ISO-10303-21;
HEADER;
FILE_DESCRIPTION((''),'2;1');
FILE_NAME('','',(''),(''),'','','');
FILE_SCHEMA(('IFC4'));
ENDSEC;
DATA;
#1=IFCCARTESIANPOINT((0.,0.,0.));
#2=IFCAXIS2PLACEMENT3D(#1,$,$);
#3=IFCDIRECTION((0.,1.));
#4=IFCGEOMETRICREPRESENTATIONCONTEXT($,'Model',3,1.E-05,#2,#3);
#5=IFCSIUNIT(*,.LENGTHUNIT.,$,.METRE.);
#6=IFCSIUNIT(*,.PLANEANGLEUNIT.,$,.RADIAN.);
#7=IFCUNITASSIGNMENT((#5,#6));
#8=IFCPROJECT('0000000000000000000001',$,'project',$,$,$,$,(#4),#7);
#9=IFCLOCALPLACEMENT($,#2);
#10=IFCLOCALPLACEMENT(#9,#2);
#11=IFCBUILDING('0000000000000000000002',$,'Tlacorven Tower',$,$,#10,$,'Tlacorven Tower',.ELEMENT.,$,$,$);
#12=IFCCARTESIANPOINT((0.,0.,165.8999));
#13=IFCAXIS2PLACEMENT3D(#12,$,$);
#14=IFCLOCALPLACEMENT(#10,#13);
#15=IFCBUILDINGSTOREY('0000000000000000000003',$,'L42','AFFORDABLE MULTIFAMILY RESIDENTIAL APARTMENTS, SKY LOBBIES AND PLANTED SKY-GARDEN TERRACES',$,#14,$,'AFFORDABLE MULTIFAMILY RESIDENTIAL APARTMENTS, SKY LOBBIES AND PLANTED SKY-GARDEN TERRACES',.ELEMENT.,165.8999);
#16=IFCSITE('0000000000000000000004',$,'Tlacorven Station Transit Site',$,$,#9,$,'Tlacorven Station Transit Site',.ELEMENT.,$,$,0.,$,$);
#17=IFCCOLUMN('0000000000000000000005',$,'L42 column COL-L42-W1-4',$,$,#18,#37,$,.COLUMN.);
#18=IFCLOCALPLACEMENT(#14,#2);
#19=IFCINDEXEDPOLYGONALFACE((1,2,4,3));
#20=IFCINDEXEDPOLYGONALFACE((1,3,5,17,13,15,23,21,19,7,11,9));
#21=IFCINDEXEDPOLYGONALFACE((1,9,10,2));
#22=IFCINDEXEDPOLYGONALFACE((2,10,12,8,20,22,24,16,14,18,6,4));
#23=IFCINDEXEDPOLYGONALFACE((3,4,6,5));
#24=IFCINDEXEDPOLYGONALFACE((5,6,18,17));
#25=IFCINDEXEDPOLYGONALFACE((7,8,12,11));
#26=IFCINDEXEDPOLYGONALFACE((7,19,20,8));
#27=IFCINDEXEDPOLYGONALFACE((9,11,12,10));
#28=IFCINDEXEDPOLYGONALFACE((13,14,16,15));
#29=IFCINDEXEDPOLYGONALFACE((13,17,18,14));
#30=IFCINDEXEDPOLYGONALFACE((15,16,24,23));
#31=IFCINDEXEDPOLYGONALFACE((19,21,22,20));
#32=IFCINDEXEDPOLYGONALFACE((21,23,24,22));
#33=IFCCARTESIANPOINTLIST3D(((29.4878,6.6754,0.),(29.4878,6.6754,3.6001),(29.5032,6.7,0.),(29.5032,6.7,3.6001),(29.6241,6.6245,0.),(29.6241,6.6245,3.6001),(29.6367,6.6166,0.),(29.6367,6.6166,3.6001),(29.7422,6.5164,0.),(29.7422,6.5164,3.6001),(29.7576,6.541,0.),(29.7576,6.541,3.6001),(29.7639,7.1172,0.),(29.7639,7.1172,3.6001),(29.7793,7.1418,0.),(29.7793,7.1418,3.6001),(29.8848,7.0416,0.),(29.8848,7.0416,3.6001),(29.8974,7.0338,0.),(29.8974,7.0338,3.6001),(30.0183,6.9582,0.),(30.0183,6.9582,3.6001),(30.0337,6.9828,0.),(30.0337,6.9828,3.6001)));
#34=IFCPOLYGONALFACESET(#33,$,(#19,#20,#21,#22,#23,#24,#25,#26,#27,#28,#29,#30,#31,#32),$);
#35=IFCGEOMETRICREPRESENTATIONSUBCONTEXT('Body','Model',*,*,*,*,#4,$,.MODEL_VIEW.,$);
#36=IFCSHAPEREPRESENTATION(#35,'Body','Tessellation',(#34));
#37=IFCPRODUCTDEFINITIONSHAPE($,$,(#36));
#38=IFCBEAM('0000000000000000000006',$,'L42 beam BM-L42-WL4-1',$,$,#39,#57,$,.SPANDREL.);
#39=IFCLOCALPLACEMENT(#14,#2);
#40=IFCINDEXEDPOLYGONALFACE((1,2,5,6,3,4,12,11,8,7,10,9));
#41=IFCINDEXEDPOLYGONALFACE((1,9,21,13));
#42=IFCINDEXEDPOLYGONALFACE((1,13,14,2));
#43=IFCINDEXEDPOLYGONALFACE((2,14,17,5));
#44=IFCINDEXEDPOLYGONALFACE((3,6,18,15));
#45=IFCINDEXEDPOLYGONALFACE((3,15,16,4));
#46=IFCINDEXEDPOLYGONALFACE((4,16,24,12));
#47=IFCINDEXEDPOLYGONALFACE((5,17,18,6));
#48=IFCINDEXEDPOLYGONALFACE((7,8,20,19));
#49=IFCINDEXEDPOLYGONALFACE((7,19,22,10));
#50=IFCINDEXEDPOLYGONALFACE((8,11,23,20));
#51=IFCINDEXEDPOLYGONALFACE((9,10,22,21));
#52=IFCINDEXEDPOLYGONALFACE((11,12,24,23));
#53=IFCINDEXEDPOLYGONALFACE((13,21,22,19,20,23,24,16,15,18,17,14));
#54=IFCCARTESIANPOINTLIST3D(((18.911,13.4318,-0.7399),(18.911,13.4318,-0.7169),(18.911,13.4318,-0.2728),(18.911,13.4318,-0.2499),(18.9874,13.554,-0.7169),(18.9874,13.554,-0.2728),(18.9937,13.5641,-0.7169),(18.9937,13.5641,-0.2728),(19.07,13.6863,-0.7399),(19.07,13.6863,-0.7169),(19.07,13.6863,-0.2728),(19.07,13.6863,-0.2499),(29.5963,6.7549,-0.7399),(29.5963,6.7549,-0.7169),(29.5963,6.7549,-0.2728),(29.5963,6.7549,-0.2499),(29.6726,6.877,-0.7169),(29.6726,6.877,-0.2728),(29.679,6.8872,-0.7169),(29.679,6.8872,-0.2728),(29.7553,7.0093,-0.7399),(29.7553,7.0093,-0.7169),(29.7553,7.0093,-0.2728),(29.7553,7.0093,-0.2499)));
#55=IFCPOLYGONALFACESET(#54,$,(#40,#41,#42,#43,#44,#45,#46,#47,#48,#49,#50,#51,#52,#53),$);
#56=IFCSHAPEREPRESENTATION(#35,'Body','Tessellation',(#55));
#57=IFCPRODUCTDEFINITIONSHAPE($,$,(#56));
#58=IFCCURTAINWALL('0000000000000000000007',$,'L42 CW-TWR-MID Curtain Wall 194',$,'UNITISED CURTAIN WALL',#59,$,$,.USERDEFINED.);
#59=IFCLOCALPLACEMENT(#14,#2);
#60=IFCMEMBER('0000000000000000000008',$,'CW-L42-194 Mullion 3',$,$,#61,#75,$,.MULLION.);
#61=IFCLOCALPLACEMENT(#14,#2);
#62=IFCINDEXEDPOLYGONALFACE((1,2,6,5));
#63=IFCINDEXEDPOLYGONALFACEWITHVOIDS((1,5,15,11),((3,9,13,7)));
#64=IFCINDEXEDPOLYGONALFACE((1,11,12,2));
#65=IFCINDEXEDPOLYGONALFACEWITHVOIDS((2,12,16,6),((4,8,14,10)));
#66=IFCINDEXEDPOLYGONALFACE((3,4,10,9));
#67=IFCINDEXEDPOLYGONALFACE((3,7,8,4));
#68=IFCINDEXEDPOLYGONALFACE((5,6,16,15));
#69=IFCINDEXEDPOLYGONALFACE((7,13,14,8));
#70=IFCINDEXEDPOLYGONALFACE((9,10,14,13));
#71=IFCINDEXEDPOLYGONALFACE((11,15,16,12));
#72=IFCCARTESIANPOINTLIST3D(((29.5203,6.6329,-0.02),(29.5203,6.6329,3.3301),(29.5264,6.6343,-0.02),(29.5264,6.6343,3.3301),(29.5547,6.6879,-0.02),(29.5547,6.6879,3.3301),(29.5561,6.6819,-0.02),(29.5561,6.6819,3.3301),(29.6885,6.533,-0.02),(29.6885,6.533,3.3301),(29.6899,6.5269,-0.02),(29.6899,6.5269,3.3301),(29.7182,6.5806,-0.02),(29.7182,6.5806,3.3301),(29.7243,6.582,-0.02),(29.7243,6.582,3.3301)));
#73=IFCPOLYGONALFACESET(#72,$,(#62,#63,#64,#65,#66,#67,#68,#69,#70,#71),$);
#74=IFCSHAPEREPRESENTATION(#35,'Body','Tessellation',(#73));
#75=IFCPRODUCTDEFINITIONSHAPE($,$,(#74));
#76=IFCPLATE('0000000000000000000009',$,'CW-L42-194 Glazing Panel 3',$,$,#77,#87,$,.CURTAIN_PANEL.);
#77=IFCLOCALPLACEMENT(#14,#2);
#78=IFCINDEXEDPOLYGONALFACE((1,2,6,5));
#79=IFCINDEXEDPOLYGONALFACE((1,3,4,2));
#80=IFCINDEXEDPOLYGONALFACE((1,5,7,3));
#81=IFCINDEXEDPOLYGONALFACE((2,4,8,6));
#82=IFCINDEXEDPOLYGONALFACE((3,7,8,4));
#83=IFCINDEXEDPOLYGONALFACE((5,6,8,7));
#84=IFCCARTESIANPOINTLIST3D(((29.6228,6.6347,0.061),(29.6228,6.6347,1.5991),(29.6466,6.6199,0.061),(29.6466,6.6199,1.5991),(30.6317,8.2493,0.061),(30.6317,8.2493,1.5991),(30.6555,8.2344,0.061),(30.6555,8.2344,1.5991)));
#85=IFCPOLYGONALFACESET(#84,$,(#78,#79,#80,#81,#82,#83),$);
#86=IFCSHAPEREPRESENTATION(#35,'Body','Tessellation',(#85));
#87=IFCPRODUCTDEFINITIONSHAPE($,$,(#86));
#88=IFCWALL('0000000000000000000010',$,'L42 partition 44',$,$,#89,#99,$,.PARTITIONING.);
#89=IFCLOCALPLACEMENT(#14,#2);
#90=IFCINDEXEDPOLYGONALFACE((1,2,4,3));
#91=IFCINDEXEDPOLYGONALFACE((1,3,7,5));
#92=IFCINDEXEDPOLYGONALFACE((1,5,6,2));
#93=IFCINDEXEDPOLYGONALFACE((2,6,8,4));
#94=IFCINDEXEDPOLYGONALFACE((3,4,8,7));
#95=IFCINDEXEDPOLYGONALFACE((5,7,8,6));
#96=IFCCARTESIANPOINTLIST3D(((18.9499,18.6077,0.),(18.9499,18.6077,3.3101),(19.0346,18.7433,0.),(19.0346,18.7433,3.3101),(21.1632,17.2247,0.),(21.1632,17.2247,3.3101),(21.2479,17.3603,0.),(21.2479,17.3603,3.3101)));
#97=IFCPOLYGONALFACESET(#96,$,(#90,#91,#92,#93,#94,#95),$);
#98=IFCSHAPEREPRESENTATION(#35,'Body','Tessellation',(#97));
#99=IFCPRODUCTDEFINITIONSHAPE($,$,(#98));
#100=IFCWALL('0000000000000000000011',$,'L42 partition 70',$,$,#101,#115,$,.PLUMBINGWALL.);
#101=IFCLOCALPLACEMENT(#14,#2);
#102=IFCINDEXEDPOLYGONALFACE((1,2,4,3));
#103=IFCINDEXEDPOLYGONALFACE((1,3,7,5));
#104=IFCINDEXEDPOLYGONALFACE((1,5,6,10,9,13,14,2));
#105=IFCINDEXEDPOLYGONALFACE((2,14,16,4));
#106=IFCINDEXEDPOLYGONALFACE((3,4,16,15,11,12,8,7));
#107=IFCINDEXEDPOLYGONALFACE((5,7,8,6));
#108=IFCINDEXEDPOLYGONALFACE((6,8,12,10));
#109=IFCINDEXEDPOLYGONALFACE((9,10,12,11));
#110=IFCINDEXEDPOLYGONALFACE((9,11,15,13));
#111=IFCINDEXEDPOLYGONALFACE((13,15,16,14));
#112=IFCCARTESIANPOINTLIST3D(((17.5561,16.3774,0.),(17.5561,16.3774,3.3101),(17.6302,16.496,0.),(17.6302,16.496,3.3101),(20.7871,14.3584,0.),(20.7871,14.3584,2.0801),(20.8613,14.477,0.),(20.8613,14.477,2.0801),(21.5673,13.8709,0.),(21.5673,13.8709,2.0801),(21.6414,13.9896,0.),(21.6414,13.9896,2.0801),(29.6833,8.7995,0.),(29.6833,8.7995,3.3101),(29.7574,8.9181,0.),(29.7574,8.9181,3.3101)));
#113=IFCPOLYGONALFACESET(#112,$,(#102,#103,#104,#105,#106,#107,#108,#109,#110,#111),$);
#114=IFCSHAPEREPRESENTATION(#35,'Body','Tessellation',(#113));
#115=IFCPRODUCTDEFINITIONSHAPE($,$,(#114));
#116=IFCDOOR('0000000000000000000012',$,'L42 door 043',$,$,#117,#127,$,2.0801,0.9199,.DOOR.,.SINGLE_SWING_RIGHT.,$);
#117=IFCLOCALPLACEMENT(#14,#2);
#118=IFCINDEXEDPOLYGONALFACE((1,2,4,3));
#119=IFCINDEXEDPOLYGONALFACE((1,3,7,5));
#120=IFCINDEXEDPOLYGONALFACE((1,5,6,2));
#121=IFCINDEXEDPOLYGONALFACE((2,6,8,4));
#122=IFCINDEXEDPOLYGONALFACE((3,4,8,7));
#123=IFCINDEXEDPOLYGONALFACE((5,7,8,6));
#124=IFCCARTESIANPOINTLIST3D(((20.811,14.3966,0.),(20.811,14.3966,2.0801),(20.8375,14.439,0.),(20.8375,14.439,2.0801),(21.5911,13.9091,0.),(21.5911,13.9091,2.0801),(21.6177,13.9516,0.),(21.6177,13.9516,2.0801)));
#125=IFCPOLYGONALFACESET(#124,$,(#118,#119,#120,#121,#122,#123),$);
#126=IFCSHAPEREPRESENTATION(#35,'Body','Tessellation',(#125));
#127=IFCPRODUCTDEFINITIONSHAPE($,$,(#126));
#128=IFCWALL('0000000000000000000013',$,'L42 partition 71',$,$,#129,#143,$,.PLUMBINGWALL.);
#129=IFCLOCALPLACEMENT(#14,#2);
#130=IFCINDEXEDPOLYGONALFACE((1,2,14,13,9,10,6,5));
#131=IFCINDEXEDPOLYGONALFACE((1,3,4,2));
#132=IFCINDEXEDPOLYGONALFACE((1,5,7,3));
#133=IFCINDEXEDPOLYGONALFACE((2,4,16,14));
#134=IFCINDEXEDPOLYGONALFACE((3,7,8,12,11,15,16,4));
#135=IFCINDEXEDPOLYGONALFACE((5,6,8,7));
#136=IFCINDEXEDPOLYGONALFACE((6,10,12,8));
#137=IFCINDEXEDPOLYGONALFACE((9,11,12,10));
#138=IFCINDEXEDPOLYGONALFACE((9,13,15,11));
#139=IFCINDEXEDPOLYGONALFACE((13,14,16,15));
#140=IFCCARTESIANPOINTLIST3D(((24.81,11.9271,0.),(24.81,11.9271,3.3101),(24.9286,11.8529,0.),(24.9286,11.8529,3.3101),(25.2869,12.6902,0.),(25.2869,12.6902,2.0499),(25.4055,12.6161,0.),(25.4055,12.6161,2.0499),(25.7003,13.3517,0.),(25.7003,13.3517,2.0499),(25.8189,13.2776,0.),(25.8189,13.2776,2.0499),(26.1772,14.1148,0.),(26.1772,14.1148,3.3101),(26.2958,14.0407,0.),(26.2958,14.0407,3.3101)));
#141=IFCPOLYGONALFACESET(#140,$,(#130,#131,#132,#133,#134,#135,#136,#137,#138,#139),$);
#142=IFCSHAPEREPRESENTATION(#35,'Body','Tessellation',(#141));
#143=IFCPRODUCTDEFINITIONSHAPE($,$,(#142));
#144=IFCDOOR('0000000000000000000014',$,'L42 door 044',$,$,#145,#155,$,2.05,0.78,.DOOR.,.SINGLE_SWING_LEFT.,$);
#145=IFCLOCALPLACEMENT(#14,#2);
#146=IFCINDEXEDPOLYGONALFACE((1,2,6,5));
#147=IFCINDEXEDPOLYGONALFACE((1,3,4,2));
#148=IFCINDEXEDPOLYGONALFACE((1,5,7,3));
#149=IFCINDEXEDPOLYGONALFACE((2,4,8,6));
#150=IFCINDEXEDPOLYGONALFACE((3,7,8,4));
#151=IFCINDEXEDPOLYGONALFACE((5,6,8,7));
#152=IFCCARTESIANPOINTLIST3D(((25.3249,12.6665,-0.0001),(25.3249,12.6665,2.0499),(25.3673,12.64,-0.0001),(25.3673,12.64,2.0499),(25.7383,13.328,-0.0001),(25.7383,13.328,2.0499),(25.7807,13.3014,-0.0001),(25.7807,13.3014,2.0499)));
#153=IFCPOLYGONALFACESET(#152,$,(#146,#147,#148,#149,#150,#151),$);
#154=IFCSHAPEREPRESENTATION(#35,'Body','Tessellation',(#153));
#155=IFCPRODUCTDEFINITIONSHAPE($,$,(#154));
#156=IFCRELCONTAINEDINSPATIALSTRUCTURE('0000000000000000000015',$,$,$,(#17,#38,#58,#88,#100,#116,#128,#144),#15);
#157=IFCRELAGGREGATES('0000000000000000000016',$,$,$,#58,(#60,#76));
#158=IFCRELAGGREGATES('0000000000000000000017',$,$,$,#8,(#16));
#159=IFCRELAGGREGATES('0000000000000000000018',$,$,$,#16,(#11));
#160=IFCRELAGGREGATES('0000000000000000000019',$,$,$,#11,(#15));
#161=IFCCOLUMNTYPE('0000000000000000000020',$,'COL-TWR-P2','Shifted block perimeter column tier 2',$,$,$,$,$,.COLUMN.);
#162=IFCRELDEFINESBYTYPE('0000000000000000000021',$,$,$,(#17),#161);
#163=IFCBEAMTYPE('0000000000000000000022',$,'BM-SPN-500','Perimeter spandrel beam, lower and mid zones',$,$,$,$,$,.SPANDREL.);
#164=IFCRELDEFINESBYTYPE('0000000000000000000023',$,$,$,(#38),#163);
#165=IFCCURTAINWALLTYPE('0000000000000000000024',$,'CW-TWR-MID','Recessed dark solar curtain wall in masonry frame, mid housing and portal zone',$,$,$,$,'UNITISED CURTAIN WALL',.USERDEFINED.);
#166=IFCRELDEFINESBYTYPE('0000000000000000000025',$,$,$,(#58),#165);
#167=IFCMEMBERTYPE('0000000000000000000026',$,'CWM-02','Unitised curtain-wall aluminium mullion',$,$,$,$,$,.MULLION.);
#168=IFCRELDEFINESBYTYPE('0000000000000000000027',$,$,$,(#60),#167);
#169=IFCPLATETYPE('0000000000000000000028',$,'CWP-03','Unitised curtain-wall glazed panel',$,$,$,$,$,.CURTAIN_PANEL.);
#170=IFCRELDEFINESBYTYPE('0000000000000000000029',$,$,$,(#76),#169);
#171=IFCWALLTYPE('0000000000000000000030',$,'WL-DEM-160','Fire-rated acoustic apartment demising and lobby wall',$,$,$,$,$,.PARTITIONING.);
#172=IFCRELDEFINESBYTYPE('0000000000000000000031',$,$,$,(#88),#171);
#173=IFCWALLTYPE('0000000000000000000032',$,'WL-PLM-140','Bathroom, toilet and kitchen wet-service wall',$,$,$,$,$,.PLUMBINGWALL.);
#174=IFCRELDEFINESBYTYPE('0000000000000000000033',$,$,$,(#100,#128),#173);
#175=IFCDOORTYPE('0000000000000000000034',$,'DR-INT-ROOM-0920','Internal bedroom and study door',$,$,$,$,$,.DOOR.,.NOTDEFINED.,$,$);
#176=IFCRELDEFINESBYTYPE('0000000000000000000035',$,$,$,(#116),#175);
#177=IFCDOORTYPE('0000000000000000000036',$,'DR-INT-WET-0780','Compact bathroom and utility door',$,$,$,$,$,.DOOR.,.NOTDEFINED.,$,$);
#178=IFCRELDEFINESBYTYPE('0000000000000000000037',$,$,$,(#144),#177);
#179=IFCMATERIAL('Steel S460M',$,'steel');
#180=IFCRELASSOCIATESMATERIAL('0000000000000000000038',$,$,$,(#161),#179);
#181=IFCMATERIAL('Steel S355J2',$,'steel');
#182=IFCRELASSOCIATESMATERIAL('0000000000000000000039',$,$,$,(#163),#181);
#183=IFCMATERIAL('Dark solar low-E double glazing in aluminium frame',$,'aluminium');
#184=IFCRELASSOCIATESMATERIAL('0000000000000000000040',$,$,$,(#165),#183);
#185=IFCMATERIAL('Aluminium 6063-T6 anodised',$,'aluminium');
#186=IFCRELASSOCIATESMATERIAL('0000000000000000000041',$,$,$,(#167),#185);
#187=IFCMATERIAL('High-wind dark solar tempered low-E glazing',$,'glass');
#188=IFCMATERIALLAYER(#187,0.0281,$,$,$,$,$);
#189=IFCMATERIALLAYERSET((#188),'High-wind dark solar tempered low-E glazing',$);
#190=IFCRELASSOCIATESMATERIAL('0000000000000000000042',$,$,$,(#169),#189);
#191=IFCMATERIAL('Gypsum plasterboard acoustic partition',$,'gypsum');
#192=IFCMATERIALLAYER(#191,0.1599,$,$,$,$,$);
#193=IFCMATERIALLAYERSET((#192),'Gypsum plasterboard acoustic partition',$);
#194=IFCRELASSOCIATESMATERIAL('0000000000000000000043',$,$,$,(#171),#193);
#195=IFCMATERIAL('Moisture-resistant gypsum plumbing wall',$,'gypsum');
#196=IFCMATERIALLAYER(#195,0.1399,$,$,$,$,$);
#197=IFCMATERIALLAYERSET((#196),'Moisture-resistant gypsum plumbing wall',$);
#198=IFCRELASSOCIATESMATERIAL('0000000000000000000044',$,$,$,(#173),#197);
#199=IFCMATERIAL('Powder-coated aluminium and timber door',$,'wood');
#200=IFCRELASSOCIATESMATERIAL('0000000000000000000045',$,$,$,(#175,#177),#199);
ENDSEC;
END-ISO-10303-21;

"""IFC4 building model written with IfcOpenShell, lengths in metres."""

from ifc_helpers import new_model, si_unit, direction, frame, frame_2d, origin, origin_2d, place, context, subcontext, project, spatial, rectangle, hollow_rectangle, i_section, extrude, source, transform, mapped, material, layer, layer_set, material_profile, profile_set, type_object, element, fill, aggregate, save


model = new_model("IFC4")

# Units and contexts
model_context = context("Model", 3, precision=1e-05, world=origin(), true_north=direction((0.0, 1.0)))
body_context = subcontext(model_context, "Body", "Model", "MODEL_VIEW")
ifc_project = project(units=[si_unit("LENGTHUNIT", "METRE"), si_unit("PLANEANGLEUNIT", "RADIAN")], contexts=[model_context])

# Site, building, storey
site_placement = place(None, origin())
site = spatial("IfcSite", under=ifc_project, at=site_placement, Name="Tlacorven Station Transit Site", LongName="Tlacorven Station Transit Site", CompositionType="ELEMENT", RefElevation=0.0)
building_placement = place(site_placement, origin())
building = spatial("IfcBuilding", under=site, at=building_placement, Name="Tlacorven Tower", LongName="Tlacorven Tower", CompositionType="ELEMENT")
storey_placement = place(building_placement, frame((0.0, 0.0, 165.8999)))
storey = spatial("IfcBuildingStorey", under=building, at=storey_placement, Name="L42", Description="AFFORDABLE MULTIFAMILY RESIDENTIAL APARTMENTS, SKY LOBBIES AND PLANTED SKY-GARDEN TERRACES", LongName="AFFORDABLE MULTIFAMILY RESIDENTIAL APARTMENTS, SKY LOBBIES AND PLANTED SKY-GARDEN TERRACES", CompositionType="ELEMENT", Elevation=165.8999)

# Column
ifc_material_1 = material(Name="Steel S460M", Category="steel")
ifc_material_profile_1 = material_profile(ifc_material_1, i_section(OverallWidth=0.3, OverallDepth=0.55, WebThickness=0.0149, FlangeThickness=0.0291, at=origin_2d()), Name="HEB 550")
ifc_profile_set_1 = profile_set([ifc_material_profile_1], Name="Steel S460M")
column_type = type_object("IfcColumnType", Name="COL-TWR-P2", Description="Shifted block perimeter column tier 2", PredefinedType="COLUMN", material=ifc_profile_set_1)
shared_shape_1 = source(origin(), body_context, "Body", "SweptSolid", [
    extrude(i_section(OverallWidth=0.3, OverallDepth=0.55, WebThickness=0.0149, FlangeThickness=0.0291, at=origin_2d()), origin(), (0.0, 0.0, 1.0), 3.6001),
])
column_placement = place(storey_placement, frame((29.7607, 6.8291, 0.0), z_axis=(0.0, 0.0, 1.0), x_axis=(-0.848048, 0.529919, 0.0)))
element("IfcColumn", 1, at=column_placement, inside=storey, type_object=column_type, Name="L42 column COL-L42-W1-4", PredefinedType="COLUMN", context=body_context, shape_type="MappedRepresentation", body=[
    mapped(shared_shape_1, transform((0.0, 0.0, 0.0), scale=1.0)),
])

# Beam
ifc_material_2 = material(Name="Steel S355J2", Category="steel")
ifc_material_profile_2 = material_profile(ifc_material_2, i_section(OverallWidth=0.3, OverallDepth=0.49, WebThickness=0.012, FlangeThickness=0.0229, at=origin_2d()), Name="HEA 500")
ifc_profile_set_2 = profile_set([ifc_material_profile_2], Name="Steel S355J2")
beam_type = type_object("IfcBeamType", Name="BM-SPN-500", Description="Perimeter spandrel beam, lower and mid zones", PredefinedType="SPANDREL", material=ifc_profile_set_2)
shared_shape_2 = source(origin(), body_context, "Body", "SweptSolid", [
    extrude(i_section(OverallWidth=0.3, OverallDepth=0.49, WebThickness=0.012, FlangeThickness=0.0229, at=origin_2d()), origin(), (0.0, 0.0, 1.0), 12.5999),
])
beam_placement = place(storey_placement, frame((29.6758, 6.8821, -0.4949), z_axis=(-0.848045, 0.529924, 0.0), x_axis=(-0.529924, -0.848045, 0.0)))
element("IfcBeam", 2, at=beam_placement, inside=storey, type_object=beam_type, Name="L42 beam BM-L42-WL4-1", PredefinedType="SPANDREL", context=body_context, shape_type="MappedRepresentation", body=[
    mapped(shared_shape_2, transform((0.0, 0.0, 0.0), scale=1.0)),
])

# Curtain wall, member, plate
ifc_material_3 = material(Name="Dark solar low-E double glazing in aluminium frame", Category="aluminium")
curtain_wall_type = type_object("IfcCurtainWallType", Name="CW-TWR-MID", Description="Recessed dark solar curtain wall in masonry frame, mid housing and portal zone", ElementType="UNITISED CURTAIN WALL", PredefinedType="USERDEFINED", material=ifc_material_3)
curtain_wall_placement = place(storey_placement, origin())
curtain_wall = element("IfcCurtainWall", 3, at=curtain_wall_placement, inside=storey, type_object=curtain_wall_type, Name="L42 CW-TWR-MID Curtain Wall 194", ObjectType="UNITISED CURTAIN WALL", PredefinedType="USERDEFINED")
ifc_material_4 = material(Name="Aluminium 6063-T6 anodised", Category="aluminium")
ifc_material_profile_3 = material_profile(ifc_material_4, hollow_rectangle(XDim=0.0649, YDim=0.2, WallThickness=0.0044, at=origin_2d()), Name="ALU MULLION 65X200")
ifc_profile_set_3 = profile_set([ifc_material_profile_3], Name="Aluminium 6063-T6 anodised")
member_type = type_object("IfcMemberType", Name="CWM-02", Description="Unitised curtain-wall aluminium mullion", PredefinedType="MULLION", material=ifc_profile_set_3)
shared_shape_3 = source(origin(), body_context, "Body", "SweptSolid", [
    extrude(hollow_rectangle(XDim=0.0649, YDim=0.2, WallThickness=0.0044, at=origin_2d()), origin(), (0.0, 0.0, 1.0), 3.3501),
])
member_placement = place(storey_placement, frame((29.6223, 6.6074, -0.02), z_axis=(0.0, 0.0, 1.0), x_axis=(-0.529919, -0.848048, 0.0)))
member = element("IfcMember", 4, at=member_placement, type_object=member_type, Name="CW-L42-194 Mullion 3", PredefinedType="MULLION", context=body_context, shape_type="MappedRepresentation", body=[
    mapped(shared_shape_3, transform((0.0, 0.0, 0.0), scale=1.0)),
])
ifc_material_5 = material(Name="High-wind dark solar tempered low-E glazing", Category="glass")
ifc_layer_1 = layer(ifc_material_5, 0.0281)
ifc_layer_set_1 = layer_set([ifc_layer_1], Name="High-wind dark solar tempered low-E glazing")
plate_type = type_object("IfcPlateType", Name="CWP-03", Description="Unitised curtain-wall glazed panel", PredefinedType="CURTAIN_PANEL", material=ifc_layer_set_1)
shared_shape_4 = source(origin(), body_context, "Body", "SweptSolid", [
    extrude(rectangle(XDim=1.9038, YDim=0.0281, at=origin_2d()), origin(), (0.0, 0.0, 1.0), 1.5381),
])
plate_placement = place(storey_placement, frame((30.1392, 7.4346, 0.061), z_axis=(0.0, 0.0, 1.0), x_axis=(-0.529919, -0.848048, 0.0)))
plate = element("IfcPlate", 5, at=plate_placement, type_object=plate_type, Name="CW-L42-194 Glazing Panel 3", PredefinedType="CURTAIN_PANEL", context=body_context, shape_type="MappedRepresentation", body=[
    mapped(shared_shape_4, transform((0.0, 0.0, 0.0), scale=1.0)),
])
aggregate(curtain_wall, [member, plate])

# Wall
ifc_material_6 = material(Name="Gypsum plasterboard acoustic partition", Category="gypsum")
ifc_layer_2 = layer(ifc_material_6, 0.1599)
ifc_layer_set_2 = layer_set([ifc_layer_2], Name="Gypsum plasterboard acoustic partition")
wall_type_1 = type_object("IfcWallType", Name="WL-DEM-160", Description="Fire-rated acoustic apartment demising and lobby wall", PredefinedType="PARTITIONING", material=ifc_layer_set_2)
wall_1_placement = place(storey_placement, frame((21.2056, 17.2925, 0.0), z_axis=(0.0, 0.0, 1.0), x_axis=(-0.848051, 0.529915, 0.0)))
element("IfcWall", 6, at=wall_1_placement, inside=storey, type_object=wall_type_1, Name="L42 partition 44", PredefinedType="PARTITIONING", context=body_context, shape_type="SweptSolid", body=[
    extrude(rectangle(XDim=2.6099, YDim=0.1599, at=frame_2d((1.3049, 0.0))), origin(), (0.0, 0.0, 1.0), 3.3101),
])

# Shared definitions
ifc_material_7 = material(Name="Powder-coated aluminium and timber door", Category="wood")

# Walls, openings, doors
ifc_material_8 = material(Name="Moisture-resistant gypsum plumbing wall", Category="gypsum")
ifc_layer_3 = layer(ifc_material_8, 0.1399)
ifc_layer_set_3 = layer_set([ifc_layer_3], Name="Moisture-resistant gypsum plumbing wall")
wall_type_2 = type_object("IfcWallType", Name="WL-PLM-140", Description="Bathroom, toilet and kitchen wet-service wall", PredefinedType="PLUMBINGWALL", material=ifc_layer_set_3)
wall_2_placement = place(storey_placement, frame((29.7202, 8.8589, 0.0), z_axis=(0.0, 0.0, 1.0), x_axis=(-0.848049, 0.529918, 0.0)))
wall_2 = element("IfcWall", 7, at=wall_2_placement, inside=storey, type_object=wall_type_2, Name="L42 partition 70", PredefinedType="PLUMBINGWALL", context=body_context, shape_type="SweptSolid", body=[
    extrude(rectangle(XDim=14.3, YDim=0.1399, at=frame_2d((7.1499, 0.0))), origin(), (0.0, 0.0, 1.0), 3.3101),
])
opening_1_placement = place(wall_2_placement, frame((9.5701, 0.0, 0.0)))
opening_1 = element("IfcOpeningElement", 8, at=opening_1_placement, cuts=wall_2, PredefinedType="OPENING", context=body_context, shape_type="SweptSolid", body=[
    extrude(rectangle(XDim=0.9199, YDim=2.0801, at=frame_2d((0.46, 1.04))), frame((0.0, 0.0801, 0.0), z_axis=(0.0, -1.0, 0.0), x_axis=(1.0, 0.0, 0.0)), (0.0, 0.0, 1.0), 0.1599),
])
door_type_1 = type_object("IfcDoorType", Name="DR-INT-ROOM-0920", Description="Internal bedroom and study door", OperationType="NOTDEFINED", PredefinedType="DOOR", material=ifc_material_7)
shared_shape_5 = source(origin(), body_context, "Body", "SweptSolid", [
    extrude(rectangle(XDim=0.9199, YDim=2.0801, at=frame_2d((0.46, 1.04))), frame((0.0, 0.0249, 0.0), z_axis=(0.0, -1.0, 0.0), x_axis=(1.0, 0.0, 0.0)), (0.0, 0.0, 1.0), 0.05),
])
door_1_placement = place(opening_1_placement, origin())
door_1 = element("IfcDoor", 9, at=door_1_placement, inside=storey, type_object=door_type_1, Name="L42 door 043", OperationType="SINGLE_SWING_RIGHT", OverallHeight=2.0801, OverallWidth=0.9199, PredefinedType="DOOR", context=body_context, shape_type="MappedRepresentation", body=[
    mapped(shared_shape_5, transform((0.0, 0.0, 0.0), scale=1.0)),
])
fill(opening_1, door_1)
wall_3_placement = place(storey_placement, frame((26.2366, 14.0779, 0.0), z_axis=(0.0, 0.0, 1.0), x_axis=(-0.529956, -0.848025, 0.0)))
wall_3 = element("IfcWall", 10, at=wall_3_placement, inside=storey, type_object=wall_type_2, Name="L42 partition 71", PredefinedType="PLUMBINGWALL", context=body_context, shape_type="SweptSolid", body=[
    extrude(rectangle(XDim=2.5798, YDim=0.1399, at=frame_2d((1.29, 0.0))), origin(), (0.0, 0.0, 1.0), 3.3101),
])
opening_2_placement = place(wall_3_placement, frame((0.8999, 0.0, 0.0)))
opening_2 = element("IfcOpeningElement", 11, at=opening_2_placement, cuts=wall_3, PredefinedType="OPENING", context=body_context, shape_type="SweptSolid", body=[
    extrude(rectangle(XDim=0.78, YDim=2.05, at=frame_2d((0.3901, 1.0249))), frame((0.0, 0.0801, 0.0), z_axis=(0.0, -1.0, 0.0), x_axis=(1.0, 0.0, 0.0)), (0.0, 0.0, 1.0), 0.1599),
])
door_type_2 = type_object("IfcDoorType", Name="DR-INT-WET-0780", Description="Compact bathroom and utility door", OperationType="NOTDEFINED", PredefinedType="DOOR", material=ifc_material_7)
shared_shape_6 = source(origin(), body_context, "Body", "SweptSolid", [
    extrude(rectangle(XDim=0.78, YDim=2.05, at=frame_2d((0.3901, 1.0249))), frame((0.0, 0.0249, 0.0), z_axis=(0.0, -1.0, 0.0), x_axis=(1.0, 0.0, 0.0)), (0.0, 0.0, 1.0), 0.05),
])
door_2_placement = place(opening_2_placement, origin())
door_2 = element("IfcDoor", 12, at=door_2_placement, inside=storey, type_object=door_type_2, Name="L42 door 044", OperationType="SINGLE_SWING_LEFT", OverallHeight=2.05, OverallWidth=0.78, PredefinedType="DOOR", context=body_context, shape_type="MappedRepresentation", body=[
    mapped(shared_shape_6, transform((0.0, 0.0, 0.0), scale=1.0)),
])
fill(opening_2, door_2)

save(model, "model.ifc")
